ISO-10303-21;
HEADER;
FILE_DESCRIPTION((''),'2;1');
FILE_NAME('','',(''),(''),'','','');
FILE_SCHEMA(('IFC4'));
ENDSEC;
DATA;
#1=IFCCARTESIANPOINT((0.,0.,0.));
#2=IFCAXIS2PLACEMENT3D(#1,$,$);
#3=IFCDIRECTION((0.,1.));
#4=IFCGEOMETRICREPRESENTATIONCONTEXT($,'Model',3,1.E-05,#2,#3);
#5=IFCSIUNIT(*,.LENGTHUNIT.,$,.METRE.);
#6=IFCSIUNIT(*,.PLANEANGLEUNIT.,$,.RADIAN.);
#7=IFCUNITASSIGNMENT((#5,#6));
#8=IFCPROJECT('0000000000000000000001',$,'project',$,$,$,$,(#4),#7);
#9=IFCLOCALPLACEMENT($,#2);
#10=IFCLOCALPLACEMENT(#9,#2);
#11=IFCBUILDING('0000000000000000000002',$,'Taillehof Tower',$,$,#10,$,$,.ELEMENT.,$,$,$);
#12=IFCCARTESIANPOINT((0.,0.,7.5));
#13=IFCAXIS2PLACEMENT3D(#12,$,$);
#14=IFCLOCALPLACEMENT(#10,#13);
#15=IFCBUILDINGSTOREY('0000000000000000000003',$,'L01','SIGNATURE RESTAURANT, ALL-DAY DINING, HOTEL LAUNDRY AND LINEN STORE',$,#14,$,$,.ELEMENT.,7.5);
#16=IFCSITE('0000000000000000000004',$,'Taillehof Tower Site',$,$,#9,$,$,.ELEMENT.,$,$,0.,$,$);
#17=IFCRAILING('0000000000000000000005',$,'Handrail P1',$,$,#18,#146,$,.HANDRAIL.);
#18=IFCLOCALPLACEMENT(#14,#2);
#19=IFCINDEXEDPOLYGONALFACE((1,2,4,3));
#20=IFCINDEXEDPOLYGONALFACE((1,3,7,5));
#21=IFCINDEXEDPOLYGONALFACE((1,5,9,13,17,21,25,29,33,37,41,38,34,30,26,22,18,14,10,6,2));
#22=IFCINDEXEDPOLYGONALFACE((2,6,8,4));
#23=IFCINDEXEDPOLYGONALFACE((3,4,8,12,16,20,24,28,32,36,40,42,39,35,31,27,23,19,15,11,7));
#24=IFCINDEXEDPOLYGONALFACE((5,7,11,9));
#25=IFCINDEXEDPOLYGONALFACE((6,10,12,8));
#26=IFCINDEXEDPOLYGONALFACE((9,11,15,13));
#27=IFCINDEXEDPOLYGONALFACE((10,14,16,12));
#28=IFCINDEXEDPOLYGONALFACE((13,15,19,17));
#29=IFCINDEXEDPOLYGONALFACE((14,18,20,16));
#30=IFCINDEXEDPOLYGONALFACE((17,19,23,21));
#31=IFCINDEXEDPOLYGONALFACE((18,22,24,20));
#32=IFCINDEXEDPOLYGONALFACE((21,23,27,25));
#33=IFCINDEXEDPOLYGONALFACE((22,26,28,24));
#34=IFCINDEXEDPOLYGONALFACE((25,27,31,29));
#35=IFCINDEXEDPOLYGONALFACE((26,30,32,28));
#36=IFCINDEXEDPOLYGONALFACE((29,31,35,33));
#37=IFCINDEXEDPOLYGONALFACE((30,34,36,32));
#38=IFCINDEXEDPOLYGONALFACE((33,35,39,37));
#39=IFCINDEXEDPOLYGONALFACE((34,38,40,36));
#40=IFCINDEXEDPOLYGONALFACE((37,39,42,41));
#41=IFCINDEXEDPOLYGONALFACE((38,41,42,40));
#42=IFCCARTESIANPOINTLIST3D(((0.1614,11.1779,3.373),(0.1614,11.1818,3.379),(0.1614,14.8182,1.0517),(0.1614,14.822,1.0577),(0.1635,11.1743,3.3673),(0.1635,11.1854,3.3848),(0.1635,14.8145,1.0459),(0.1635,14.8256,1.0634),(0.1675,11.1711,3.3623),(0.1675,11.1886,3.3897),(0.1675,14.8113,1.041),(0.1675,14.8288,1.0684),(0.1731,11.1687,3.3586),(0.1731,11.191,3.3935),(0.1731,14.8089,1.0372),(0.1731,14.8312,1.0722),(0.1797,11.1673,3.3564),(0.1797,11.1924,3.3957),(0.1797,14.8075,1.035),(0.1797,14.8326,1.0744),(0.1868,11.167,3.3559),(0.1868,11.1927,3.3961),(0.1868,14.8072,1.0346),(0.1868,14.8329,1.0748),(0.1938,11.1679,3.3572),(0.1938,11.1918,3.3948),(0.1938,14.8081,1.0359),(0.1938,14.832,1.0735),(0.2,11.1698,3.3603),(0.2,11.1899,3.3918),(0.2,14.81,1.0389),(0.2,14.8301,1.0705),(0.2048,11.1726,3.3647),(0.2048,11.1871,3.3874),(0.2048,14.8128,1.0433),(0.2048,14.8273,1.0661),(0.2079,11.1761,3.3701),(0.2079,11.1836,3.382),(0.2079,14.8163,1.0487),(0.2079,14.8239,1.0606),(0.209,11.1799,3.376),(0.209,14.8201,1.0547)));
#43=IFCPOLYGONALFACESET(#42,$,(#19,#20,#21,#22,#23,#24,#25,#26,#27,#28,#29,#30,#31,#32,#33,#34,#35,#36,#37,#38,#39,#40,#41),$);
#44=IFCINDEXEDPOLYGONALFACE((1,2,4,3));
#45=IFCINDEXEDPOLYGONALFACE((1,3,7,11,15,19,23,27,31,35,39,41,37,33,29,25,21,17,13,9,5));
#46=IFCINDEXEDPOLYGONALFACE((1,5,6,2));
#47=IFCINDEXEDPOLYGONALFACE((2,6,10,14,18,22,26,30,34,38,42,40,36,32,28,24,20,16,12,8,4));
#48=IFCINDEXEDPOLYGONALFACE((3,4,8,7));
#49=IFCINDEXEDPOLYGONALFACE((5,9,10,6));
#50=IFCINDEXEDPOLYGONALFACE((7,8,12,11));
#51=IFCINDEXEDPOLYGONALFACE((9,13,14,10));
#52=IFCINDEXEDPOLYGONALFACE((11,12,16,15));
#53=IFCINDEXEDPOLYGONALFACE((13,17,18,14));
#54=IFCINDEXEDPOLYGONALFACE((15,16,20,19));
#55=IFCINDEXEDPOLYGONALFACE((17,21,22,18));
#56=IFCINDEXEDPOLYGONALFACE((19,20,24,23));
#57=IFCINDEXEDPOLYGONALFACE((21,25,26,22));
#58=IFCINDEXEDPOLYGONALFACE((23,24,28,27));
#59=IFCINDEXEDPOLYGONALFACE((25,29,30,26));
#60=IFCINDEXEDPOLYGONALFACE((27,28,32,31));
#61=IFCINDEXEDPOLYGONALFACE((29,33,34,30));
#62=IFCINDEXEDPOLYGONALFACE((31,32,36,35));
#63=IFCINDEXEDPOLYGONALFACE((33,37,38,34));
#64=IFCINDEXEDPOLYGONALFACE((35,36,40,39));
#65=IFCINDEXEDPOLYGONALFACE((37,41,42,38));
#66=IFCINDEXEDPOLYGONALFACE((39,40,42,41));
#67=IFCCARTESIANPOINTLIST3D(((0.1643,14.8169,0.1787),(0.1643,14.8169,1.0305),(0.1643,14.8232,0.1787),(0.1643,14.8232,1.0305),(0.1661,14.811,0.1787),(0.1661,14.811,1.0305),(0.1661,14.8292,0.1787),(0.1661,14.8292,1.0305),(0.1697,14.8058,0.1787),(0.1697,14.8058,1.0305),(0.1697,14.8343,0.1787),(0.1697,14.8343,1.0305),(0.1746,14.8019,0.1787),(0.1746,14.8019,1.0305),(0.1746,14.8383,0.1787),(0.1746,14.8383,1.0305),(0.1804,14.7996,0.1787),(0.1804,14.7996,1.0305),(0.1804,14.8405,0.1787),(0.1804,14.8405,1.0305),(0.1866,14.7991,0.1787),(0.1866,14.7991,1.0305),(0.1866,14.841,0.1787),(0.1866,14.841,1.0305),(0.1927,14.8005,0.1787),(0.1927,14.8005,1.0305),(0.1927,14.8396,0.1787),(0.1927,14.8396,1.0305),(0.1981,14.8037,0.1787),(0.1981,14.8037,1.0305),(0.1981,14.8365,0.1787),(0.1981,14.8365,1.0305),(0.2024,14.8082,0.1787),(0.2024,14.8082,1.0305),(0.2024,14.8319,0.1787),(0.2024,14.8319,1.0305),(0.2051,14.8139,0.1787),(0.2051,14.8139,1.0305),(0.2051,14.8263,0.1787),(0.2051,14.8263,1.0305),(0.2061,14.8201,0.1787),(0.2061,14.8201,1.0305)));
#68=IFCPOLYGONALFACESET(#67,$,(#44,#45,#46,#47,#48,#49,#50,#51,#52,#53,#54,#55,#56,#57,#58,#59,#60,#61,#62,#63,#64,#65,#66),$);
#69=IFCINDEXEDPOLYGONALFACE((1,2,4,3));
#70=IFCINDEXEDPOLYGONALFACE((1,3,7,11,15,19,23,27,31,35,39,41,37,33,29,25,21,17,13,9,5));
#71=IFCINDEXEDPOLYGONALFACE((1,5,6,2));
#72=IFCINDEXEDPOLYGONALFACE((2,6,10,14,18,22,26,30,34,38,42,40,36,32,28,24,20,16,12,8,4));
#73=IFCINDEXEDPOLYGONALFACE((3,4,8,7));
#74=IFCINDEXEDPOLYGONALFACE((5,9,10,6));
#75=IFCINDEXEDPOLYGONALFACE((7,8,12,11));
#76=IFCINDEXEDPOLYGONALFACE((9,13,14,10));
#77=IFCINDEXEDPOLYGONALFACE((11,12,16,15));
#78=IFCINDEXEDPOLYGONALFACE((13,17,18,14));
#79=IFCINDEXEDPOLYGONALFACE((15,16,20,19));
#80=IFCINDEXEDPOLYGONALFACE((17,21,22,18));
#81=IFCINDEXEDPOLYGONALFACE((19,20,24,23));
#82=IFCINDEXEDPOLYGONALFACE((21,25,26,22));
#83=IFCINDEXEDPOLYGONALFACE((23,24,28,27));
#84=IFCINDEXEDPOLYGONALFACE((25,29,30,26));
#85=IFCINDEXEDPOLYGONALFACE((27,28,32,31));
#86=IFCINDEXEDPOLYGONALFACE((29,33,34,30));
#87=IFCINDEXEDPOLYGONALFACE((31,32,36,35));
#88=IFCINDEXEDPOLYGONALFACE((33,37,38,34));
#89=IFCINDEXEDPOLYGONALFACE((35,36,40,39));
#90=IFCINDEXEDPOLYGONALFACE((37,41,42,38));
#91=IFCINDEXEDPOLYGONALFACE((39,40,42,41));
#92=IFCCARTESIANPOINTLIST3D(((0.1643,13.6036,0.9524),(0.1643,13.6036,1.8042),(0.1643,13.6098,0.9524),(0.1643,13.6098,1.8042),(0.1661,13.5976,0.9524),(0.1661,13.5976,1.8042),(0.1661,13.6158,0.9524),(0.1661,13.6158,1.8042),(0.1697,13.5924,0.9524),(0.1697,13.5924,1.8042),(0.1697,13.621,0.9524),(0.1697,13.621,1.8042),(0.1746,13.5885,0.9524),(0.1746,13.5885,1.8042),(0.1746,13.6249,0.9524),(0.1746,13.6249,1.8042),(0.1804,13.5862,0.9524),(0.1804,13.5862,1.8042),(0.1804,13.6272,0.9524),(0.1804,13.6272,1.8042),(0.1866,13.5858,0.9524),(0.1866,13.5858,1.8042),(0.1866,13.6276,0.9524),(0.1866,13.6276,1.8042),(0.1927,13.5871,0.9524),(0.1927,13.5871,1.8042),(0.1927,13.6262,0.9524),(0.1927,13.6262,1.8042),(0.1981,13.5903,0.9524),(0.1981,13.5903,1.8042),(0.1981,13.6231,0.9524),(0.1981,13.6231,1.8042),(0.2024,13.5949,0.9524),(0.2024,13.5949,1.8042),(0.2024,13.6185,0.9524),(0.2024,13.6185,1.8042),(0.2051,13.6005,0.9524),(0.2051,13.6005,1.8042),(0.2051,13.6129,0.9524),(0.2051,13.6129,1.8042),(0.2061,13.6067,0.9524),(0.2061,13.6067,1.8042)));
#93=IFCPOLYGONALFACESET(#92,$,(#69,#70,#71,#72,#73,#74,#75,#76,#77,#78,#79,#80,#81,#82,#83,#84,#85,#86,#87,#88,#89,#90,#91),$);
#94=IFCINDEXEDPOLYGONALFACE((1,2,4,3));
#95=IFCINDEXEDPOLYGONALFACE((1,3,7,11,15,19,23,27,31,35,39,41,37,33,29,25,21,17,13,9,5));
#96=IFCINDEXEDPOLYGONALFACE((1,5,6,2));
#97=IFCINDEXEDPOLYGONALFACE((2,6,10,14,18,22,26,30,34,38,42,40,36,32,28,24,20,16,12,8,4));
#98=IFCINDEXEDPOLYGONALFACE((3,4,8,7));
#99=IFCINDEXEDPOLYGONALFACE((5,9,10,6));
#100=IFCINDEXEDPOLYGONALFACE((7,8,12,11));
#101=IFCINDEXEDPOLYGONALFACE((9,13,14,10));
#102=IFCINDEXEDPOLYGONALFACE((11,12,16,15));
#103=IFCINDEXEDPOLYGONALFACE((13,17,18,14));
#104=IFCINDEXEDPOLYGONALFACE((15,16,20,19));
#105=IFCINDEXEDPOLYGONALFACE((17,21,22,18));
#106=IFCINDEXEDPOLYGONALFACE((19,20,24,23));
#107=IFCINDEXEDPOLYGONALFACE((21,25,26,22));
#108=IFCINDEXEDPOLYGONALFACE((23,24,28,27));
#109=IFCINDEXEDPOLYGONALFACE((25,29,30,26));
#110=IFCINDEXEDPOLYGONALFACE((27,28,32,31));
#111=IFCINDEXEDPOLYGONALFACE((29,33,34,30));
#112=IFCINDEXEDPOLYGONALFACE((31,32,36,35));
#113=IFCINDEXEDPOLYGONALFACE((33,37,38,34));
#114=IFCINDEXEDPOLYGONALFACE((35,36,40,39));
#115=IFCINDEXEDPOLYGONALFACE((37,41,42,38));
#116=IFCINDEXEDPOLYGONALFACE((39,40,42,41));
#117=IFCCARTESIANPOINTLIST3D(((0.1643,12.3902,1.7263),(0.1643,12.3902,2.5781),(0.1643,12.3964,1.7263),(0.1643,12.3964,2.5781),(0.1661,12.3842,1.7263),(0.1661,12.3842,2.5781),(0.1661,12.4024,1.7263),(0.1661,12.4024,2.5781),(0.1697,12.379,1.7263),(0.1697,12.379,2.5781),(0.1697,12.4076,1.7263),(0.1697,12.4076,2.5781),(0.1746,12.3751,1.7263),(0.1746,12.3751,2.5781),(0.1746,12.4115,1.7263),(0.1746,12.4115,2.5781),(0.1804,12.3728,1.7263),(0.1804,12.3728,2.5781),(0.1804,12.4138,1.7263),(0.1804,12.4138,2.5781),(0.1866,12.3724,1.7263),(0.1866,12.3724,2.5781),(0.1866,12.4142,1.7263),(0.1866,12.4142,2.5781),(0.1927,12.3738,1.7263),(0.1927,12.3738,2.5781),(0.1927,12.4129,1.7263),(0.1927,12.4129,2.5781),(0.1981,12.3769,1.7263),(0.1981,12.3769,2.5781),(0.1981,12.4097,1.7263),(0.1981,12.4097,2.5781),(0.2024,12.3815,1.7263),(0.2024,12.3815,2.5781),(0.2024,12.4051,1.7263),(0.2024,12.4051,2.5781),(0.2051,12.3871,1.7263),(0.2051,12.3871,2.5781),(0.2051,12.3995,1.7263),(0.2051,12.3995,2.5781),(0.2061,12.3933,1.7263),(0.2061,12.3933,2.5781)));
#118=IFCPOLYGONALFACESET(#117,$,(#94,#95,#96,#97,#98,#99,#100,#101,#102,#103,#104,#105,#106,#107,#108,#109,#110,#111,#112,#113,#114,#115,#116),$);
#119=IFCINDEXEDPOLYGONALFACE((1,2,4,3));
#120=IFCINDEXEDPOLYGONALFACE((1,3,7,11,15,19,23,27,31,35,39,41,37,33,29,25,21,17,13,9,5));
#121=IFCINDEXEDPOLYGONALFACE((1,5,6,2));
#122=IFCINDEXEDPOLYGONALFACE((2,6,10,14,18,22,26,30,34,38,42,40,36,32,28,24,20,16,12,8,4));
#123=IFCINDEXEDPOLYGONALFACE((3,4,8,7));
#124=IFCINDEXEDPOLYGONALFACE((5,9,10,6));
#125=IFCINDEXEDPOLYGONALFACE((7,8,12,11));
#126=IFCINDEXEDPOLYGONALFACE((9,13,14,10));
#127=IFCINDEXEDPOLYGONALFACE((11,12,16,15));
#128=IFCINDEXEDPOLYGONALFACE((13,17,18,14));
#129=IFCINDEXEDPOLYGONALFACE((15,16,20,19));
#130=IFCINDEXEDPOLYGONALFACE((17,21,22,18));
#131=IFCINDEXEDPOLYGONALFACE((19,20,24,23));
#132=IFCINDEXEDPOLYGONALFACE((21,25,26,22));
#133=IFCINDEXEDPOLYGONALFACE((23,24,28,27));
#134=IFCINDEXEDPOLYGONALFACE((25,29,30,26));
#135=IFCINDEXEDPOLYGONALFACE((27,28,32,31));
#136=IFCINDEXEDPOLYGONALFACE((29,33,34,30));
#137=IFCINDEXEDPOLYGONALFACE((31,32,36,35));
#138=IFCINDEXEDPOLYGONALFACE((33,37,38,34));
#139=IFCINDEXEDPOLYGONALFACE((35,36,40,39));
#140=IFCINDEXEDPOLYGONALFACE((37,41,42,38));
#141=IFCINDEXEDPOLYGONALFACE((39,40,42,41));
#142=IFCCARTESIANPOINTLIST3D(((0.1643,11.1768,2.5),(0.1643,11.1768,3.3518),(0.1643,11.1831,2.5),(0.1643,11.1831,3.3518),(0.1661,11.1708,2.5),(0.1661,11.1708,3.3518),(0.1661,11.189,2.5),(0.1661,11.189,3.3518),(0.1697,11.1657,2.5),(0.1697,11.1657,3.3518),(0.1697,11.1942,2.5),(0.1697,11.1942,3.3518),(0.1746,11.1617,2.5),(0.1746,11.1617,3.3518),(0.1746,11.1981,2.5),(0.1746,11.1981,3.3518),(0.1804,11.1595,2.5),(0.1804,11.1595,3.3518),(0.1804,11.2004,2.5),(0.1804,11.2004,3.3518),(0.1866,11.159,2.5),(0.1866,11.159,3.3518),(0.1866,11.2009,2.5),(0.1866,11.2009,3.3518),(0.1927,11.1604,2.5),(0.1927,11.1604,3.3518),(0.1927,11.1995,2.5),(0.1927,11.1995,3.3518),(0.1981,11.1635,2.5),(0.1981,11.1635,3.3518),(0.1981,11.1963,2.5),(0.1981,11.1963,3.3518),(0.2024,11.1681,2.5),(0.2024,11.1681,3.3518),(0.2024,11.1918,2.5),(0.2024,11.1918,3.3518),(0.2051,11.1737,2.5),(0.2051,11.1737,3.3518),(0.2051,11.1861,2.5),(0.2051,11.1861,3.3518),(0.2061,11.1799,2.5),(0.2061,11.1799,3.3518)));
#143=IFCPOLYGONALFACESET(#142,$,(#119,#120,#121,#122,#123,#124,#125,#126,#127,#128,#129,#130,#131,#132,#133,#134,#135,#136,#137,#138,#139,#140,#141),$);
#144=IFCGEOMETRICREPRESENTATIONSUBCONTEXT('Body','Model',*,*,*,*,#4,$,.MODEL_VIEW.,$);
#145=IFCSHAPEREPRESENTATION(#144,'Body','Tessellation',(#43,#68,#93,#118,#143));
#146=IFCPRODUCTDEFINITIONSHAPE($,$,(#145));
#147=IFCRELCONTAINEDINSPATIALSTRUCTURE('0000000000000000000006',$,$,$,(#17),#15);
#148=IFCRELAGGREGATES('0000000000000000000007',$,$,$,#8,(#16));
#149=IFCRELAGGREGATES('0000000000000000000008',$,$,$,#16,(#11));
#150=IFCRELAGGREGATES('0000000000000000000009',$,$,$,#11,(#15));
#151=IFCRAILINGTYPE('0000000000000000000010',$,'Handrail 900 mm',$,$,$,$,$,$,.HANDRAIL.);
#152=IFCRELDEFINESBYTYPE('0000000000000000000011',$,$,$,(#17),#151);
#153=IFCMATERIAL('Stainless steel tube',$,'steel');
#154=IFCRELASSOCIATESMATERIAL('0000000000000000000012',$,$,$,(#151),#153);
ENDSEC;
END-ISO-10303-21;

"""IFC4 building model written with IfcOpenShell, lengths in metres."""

from ifc_helpers import new_model, si_unit, direction, frame, origin, origin_2d, place, context, subcontext, project, spatial, circle, extrude, material, type_object, element, save


model = new_model("IFC4")

# Units and contexts
model_context = context("Model", 3, precision=1e-05, world=origin(), true_north=direction((0.0, 1.0)))
body_context = subcontext(model_context, "Body", "Model", "MODEL_VIEW")
ifc_project = project(units=[si_unit("LENGTHUNIT", "METRE"), si_unit("PLANEANGLEUNIT", "RADIAN")], contexts=[model_context])

# Site, building, storey
site_placement = place(None, origin())
site = spatial("IfcSite", under=ifc_project, at=site_placement, Name="Taillehof Tower Site", CompositionType="ELEMENT", RefElevation=0.0)
building_placement = place(site_placement, origin())
building = spatial("IfcBuilding", under=site, at=building_placement, Name="Taillehof Tower", CompositionType="ELEMENT")
storey_placement = place(building_placement, frame((0.0, 0.0, 7.5)))
storey = spatial("IfcBuildingStorey", under=building, at=storey_placement, Name="L01", Description="SIGNATURE RESTAURANT, ALL-DAY DINING, HOTEL LAUNDRY AND LINEN STORE", CompositionType="ELEMENT", Elevation=7.5)

# Railing
ifc_material_1 = material(Name="Stainless steel tube", Category="steel")
railing_type_1 = type_object("IfcRailingType", Name="Handrail 900 mm", PredefinedType="HANDRAIL", material=ifc_material_1)
for number, where, name in (
    (1, (0.1851, 14.8201, 0.1787), "Handrail P1"),
):
    element("IfcRailing", number, at=place(storey_placement, frame(where)), inside=storey, type_object=railing_type_1, Name=name, PredefinedType="HANDRAIL", context=body_context, shape_type="SweptSolid", body=[
        extrude(circle(Radius=0.0239, at=origin_2d()), frame((0.0, 0.0, 0.876), z_axis=(0.0, -0.843153, 0.537673), x_axis=(1.0, 0.0, 0.0)), (0.0, 0.0, 1.0), 4.3174),
        extrude(circle(Radius=0.021, at=origin_2d()), origin(), (0.0, 0.0, 1.0), 0.8518),
        extrude(circle(Radius=0.021, at=origin_2d()), frame((0.0, -1.2134, 0.7737)), (0.0, 0.0, 1.0), 0.8518),
        extrude(circle(Radius=0.021, at=origin_2d()), frame((0.0, -2.4268, 1.5476)), (0.0, 0.0, 1.0), 0.8518),
        extrude(circle(Radius=0.021, at=origin_2d()), frame((0.0, -3.6401, 2.3213)), (0.0, 0.0, 1.0), 0.8518),
    ])

save(model, "model.ifc")
